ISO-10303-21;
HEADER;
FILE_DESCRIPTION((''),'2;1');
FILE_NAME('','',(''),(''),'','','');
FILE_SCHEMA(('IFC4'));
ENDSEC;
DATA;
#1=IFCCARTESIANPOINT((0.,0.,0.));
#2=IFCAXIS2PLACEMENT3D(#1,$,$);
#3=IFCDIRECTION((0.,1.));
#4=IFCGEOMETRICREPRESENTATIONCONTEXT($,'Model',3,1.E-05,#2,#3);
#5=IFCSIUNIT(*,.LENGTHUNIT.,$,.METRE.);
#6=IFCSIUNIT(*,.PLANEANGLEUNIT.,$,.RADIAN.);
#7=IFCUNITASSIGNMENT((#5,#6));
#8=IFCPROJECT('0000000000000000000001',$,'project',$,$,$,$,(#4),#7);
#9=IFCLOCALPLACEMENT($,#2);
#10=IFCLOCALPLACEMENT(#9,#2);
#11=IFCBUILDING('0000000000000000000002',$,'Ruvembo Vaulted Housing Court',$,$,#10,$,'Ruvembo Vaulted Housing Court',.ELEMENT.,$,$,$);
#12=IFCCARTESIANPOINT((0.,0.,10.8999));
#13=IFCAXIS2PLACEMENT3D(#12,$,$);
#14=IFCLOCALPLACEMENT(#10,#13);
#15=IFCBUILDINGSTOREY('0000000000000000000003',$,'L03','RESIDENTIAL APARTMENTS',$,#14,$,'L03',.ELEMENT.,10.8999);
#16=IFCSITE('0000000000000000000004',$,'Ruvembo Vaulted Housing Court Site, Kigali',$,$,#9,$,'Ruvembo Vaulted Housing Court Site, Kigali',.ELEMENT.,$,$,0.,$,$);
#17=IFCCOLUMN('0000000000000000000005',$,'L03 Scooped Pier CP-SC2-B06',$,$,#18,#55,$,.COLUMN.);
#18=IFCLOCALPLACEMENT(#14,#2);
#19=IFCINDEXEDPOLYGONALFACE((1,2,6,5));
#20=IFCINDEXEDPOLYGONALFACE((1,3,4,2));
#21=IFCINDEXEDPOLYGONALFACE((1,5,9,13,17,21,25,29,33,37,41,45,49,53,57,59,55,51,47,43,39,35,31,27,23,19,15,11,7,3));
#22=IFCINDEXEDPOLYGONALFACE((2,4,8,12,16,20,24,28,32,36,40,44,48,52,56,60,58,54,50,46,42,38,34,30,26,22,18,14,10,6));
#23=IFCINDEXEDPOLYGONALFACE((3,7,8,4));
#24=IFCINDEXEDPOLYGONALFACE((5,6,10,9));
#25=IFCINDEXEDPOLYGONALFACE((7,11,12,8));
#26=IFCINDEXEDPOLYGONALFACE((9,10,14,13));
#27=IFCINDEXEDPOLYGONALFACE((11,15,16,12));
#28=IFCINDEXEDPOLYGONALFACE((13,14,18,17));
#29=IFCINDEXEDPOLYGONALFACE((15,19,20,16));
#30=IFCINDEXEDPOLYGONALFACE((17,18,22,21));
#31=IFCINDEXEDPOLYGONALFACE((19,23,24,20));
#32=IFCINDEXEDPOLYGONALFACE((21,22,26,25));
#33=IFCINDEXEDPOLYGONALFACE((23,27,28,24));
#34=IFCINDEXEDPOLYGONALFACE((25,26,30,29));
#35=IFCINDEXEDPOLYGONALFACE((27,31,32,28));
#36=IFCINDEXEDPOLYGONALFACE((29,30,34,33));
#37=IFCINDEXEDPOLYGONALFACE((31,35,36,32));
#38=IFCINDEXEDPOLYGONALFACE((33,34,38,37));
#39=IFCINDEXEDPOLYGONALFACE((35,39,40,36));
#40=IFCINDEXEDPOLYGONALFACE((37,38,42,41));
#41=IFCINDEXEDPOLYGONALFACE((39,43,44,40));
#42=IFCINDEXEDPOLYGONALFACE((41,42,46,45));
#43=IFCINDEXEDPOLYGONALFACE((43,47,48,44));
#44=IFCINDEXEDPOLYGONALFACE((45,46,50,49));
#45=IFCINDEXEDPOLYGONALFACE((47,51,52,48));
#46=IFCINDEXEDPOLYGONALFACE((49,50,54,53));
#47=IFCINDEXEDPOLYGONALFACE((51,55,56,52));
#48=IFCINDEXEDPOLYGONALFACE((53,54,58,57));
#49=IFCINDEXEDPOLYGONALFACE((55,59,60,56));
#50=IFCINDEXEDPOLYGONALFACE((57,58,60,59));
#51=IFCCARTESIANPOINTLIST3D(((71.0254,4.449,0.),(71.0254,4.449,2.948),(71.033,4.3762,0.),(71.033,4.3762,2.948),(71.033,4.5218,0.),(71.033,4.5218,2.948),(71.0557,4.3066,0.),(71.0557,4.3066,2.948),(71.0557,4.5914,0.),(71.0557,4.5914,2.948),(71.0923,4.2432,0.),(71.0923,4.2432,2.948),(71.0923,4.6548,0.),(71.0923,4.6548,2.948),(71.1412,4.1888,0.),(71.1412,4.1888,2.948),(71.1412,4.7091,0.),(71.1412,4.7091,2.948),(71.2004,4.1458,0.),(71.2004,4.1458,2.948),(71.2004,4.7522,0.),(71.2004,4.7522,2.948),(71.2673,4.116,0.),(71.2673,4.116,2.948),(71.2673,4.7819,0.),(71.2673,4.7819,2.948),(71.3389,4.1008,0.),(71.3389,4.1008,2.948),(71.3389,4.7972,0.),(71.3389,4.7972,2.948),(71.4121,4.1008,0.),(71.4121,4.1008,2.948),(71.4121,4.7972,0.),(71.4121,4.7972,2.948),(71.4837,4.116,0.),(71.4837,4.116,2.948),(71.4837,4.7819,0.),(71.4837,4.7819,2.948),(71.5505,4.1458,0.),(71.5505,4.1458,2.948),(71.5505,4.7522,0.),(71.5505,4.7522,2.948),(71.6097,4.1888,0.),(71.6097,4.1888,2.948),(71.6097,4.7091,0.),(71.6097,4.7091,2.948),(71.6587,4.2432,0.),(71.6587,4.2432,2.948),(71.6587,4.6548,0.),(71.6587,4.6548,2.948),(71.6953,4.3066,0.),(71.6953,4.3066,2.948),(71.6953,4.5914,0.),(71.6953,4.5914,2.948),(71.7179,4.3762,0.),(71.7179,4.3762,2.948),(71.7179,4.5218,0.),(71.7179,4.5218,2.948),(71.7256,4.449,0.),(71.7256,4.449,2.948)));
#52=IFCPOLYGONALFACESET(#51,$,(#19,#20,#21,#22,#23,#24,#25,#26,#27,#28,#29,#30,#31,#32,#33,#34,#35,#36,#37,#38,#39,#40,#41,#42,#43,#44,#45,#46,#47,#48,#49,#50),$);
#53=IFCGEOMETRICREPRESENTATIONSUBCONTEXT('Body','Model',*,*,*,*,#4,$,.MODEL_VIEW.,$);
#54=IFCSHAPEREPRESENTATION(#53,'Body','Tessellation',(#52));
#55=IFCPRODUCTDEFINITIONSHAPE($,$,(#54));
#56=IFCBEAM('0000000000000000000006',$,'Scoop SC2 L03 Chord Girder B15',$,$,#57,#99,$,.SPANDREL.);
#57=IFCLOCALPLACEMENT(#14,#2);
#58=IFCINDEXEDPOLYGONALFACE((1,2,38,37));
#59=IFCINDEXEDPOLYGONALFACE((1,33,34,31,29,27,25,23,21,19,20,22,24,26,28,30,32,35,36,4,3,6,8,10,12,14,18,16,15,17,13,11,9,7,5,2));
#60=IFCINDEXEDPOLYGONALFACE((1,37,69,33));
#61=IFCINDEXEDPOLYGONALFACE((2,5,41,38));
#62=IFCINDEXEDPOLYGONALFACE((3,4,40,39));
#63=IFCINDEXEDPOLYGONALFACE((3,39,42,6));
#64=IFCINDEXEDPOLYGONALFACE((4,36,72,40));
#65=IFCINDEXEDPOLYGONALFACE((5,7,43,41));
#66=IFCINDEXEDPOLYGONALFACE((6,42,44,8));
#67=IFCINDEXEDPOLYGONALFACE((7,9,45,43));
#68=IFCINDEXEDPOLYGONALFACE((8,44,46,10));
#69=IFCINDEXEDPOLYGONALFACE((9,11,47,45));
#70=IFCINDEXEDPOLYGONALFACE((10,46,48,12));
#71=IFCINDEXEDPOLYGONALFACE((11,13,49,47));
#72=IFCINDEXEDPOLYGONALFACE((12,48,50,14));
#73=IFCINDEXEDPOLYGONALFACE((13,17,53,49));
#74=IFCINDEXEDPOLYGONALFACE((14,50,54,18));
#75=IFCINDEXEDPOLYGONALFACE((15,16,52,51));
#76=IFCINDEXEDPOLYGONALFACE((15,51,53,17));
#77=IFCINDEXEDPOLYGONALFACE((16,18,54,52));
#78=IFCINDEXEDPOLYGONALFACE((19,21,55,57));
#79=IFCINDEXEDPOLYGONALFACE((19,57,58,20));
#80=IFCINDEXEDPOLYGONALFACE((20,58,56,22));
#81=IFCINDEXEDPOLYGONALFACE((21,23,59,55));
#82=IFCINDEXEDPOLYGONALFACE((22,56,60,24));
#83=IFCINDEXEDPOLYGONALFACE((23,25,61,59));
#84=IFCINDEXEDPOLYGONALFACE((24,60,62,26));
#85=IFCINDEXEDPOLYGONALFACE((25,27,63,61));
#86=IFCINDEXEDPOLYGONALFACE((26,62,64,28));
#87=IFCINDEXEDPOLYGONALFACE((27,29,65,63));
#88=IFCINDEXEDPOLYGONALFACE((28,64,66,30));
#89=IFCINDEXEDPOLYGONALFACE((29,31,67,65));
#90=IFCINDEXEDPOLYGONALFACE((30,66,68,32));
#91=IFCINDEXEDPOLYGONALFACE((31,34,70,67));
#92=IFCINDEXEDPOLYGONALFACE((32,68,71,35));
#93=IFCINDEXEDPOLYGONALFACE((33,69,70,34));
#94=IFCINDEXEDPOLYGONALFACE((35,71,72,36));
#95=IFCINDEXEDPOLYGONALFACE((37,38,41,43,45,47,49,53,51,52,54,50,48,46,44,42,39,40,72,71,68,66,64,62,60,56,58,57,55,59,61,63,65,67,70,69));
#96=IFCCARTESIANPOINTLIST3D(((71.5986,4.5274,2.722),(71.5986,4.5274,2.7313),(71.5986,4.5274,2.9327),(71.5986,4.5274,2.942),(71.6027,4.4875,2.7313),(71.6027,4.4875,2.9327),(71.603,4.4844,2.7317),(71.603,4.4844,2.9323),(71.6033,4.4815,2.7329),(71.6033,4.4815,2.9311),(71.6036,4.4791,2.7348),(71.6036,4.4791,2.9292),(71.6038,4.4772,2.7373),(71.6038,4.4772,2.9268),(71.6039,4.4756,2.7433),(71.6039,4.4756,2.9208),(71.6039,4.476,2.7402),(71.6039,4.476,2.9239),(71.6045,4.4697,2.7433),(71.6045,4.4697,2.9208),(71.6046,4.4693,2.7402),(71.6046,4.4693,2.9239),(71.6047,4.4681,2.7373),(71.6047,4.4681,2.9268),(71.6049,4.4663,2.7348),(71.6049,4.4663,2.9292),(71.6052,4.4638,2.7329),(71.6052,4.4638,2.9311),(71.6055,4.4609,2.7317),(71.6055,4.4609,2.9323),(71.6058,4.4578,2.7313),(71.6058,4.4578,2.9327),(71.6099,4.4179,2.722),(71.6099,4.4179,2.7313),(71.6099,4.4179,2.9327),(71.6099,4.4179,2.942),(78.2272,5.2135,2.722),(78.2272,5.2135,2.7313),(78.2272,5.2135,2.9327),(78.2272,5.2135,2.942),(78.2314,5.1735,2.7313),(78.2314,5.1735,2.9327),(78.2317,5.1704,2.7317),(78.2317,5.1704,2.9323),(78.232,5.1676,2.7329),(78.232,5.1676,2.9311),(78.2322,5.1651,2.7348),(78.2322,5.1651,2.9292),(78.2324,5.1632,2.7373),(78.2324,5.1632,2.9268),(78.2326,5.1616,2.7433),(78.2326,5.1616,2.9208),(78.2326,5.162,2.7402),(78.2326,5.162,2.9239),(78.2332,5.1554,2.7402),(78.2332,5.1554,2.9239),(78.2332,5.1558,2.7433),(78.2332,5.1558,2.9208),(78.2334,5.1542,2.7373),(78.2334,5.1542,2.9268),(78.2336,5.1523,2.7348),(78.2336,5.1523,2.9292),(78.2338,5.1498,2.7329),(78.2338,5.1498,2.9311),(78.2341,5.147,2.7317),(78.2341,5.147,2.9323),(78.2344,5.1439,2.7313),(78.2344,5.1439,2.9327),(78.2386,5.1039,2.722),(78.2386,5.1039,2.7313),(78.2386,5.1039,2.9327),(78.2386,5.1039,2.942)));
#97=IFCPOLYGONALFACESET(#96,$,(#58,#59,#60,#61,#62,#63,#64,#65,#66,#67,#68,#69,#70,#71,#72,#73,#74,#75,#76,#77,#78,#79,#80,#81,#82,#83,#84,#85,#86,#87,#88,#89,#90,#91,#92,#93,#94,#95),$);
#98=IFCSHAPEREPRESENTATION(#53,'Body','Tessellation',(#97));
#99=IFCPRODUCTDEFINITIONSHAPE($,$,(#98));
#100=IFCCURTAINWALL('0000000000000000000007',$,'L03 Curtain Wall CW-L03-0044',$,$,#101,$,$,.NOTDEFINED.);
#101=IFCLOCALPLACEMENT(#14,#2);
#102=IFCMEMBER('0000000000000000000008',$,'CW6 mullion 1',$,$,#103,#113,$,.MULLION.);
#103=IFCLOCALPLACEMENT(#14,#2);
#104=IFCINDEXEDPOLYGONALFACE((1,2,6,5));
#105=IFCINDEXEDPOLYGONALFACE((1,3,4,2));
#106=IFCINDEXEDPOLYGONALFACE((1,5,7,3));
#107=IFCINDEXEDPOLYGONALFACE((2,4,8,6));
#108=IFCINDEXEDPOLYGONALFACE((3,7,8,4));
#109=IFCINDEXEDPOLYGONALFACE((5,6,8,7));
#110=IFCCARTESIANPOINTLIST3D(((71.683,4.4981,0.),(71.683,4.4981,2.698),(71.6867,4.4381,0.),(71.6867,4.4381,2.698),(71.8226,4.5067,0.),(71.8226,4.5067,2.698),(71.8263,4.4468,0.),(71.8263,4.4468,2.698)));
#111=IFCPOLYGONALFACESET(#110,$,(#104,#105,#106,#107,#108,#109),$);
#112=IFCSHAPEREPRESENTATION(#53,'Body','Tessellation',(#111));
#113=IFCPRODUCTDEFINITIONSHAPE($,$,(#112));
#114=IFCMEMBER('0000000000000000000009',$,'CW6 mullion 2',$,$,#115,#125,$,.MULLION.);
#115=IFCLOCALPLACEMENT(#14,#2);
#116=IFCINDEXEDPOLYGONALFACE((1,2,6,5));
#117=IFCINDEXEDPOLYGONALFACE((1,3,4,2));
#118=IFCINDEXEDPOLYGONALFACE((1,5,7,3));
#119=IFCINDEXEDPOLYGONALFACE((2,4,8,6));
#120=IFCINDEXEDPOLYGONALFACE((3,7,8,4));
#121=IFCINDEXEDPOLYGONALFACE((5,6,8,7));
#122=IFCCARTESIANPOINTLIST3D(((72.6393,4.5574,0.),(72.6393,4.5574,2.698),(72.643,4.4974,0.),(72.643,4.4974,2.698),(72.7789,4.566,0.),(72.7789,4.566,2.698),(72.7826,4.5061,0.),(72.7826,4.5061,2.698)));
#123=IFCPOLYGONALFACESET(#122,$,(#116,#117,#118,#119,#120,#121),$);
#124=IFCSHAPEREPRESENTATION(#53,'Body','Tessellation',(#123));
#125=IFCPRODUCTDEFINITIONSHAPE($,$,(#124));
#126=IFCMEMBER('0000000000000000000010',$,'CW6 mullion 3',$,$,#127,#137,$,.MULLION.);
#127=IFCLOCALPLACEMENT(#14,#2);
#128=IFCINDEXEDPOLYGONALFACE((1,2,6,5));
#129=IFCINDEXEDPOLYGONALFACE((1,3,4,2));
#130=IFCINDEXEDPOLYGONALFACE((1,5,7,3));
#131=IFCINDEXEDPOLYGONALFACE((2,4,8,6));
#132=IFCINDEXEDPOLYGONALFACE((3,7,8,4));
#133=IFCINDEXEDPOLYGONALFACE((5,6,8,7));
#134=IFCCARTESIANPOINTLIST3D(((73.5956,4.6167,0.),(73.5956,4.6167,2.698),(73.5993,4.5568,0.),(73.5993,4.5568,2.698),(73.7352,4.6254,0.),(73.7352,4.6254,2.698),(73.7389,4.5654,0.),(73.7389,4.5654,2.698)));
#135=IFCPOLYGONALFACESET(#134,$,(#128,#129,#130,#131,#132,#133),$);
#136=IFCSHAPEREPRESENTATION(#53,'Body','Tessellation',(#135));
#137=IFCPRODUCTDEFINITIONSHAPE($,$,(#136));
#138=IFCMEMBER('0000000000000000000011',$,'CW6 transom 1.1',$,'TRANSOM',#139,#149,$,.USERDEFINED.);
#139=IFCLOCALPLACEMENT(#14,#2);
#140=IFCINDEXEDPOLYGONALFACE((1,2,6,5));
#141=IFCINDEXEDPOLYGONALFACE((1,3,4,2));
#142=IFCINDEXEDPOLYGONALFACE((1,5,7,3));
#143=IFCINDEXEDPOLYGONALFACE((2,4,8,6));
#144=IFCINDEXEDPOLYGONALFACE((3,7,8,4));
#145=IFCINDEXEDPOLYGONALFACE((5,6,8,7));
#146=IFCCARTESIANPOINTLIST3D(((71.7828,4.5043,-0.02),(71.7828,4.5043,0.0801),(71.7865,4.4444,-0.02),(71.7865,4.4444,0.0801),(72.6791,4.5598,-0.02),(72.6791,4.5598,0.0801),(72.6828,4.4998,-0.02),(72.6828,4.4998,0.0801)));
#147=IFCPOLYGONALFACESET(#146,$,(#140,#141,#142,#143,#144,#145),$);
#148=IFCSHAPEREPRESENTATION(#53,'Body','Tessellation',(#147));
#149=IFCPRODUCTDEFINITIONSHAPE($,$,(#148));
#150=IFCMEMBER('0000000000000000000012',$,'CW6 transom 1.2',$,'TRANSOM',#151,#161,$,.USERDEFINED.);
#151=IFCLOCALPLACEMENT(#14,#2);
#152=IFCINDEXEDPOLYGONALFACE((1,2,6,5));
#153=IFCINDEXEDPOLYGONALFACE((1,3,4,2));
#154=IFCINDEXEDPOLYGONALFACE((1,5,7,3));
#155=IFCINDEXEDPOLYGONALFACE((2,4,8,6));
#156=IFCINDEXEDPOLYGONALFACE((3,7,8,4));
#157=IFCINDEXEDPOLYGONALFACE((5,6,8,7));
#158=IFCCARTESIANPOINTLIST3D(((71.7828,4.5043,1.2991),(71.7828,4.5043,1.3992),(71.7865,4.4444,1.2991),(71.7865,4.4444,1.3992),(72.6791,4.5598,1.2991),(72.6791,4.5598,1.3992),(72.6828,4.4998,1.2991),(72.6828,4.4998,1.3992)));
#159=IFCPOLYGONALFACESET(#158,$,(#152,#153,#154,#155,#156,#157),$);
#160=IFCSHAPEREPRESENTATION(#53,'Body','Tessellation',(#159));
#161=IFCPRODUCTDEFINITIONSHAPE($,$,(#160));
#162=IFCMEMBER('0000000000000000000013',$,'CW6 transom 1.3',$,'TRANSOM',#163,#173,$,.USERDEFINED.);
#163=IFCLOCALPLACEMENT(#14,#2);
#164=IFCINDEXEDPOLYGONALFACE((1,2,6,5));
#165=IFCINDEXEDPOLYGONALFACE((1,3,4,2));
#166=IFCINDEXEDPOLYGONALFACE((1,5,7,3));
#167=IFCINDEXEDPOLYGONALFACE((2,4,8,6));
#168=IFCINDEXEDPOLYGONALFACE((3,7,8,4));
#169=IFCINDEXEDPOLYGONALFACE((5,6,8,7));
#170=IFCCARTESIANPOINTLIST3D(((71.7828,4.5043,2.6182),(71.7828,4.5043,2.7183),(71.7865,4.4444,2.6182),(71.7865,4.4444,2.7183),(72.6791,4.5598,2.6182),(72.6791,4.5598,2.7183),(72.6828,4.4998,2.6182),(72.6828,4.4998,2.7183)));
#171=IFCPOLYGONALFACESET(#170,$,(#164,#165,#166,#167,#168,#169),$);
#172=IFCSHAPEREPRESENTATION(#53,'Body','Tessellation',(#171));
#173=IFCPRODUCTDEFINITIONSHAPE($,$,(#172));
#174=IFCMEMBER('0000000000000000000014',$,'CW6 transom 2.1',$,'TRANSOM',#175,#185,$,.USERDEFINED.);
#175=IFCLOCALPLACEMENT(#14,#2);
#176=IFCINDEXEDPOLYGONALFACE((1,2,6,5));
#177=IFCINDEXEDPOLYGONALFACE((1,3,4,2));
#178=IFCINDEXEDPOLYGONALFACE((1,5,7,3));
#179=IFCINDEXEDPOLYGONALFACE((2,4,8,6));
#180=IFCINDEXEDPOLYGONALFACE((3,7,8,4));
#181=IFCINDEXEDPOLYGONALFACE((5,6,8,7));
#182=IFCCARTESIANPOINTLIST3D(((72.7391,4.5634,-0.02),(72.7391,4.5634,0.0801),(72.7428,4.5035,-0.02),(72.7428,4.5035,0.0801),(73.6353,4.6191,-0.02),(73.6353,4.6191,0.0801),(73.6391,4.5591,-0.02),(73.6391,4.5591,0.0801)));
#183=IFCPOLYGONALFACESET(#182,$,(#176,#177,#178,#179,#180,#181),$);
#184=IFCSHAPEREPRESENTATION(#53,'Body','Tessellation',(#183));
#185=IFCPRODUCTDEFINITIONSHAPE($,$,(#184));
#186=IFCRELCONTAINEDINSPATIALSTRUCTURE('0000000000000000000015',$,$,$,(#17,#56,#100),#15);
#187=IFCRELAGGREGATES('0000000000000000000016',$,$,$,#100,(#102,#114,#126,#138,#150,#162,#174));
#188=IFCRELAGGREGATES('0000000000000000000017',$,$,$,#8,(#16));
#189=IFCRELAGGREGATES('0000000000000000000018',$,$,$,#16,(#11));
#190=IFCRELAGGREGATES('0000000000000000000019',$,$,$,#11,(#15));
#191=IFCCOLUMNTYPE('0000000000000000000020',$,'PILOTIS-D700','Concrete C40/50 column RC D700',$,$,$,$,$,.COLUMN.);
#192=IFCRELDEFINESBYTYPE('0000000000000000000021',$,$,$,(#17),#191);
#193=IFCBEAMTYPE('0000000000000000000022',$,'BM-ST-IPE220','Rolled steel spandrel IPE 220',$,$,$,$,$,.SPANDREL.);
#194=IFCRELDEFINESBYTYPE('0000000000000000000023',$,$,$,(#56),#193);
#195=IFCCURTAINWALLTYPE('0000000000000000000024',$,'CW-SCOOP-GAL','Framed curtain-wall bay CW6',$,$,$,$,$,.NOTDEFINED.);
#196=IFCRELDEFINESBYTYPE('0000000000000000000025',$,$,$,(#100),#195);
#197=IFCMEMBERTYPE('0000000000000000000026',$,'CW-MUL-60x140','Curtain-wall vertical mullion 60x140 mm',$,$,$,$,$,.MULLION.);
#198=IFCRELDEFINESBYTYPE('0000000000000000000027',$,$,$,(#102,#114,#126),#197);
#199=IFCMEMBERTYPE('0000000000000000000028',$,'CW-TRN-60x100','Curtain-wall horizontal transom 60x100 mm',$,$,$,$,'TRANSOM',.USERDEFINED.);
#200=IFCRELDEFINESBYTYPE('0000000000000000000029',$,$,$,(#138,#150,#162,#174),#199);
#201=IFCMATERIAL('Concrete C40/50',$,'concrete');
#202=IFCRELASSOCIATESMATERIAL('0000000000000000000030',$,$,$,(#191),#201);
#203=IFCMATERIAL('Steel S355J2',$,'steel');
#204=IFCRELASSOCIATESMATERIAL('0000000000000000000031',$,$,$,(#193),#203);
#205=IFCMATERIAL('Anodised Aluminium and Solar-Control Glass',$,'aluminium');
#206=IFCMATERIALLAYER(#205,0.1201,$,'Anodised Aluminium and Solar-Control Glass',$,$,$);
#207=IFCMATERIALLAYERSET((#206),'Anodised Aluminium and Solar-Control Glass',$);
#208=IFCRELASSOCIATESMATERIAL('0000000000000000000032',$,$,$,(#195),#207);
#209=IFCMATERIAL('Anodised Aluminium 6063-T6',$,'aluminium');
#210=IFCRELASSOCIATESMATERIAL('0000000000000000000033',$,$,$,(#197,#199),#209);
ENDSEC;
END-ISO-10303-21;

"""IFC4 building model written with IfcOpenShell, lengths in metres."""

from ifc_helpers import new_model, si_unit, direction, frame, origin, origin_2d, place, context, subcontext, project, spatial, rectangle, circle, i_section, extrude, material, layer, layer_set, material_profile, profile_set, type_object, element, aggregate, save


model = new_model("IFC4")

# Units and contexts
model_context = context("Model", 3, precision=1e-05, world=origin(), true_north=direction((0.0, 1.0)))
body_context = subcontext(model_context, "Body", "Model", "MODEL_VIEW")
ifc_project = project(units=[si_unit("LENGTHUNIT", "METRE"), si_unit("PLANEANGLEUNIT", "RADIAN")], contexts=[model_context])

# Site, building, storey
site_placement = place(None, origin())
site = spatial("IfcSite", under=ifc_project, at=site_placement, Name="Ruvembo Vaulted Housing Court Site, Kigali", LongName="Ruvembo Vaulted Housing Court Site, Kigali", CompositionType="ELEMENT", RefElevation=0.0)
building_placement = place(site_placement, origin())
building = spatial("IfcBuilding", under=site, at=building_placement, Name="Ruvembo Vaulted Housing Court", LongName="Ruvembo Vaulted Housing Court", CompositionType="ELEMENT")
storey_placement = place(building_placement, frame((0.0, 0.0, 10.8999)))
storey = spatial("IfcBuildingStorey", under=building, at=storey_placement, Name="L03", Description="RESIDENTIAL APARTMENTS", LongName="L03", CompositionType="ELEMENT", Elevation=10.8999)

# Column
ifc_material_1 = material(Name="Concrete C40/50", Category="concrete")
ifc_material_profile_1 = material_profile(ifc_material_1, circle(Radius=0.3501, at=origin_2d()), Name="RC D700")
ifc_profile_set_1 = profile_set([ifc_material_profile_1], Name="Concrete C40/50")
column_type = type_object("IfcColumnType", Name="PILOTIS-D700", Description="Concrete C40/50 column RC D700", PredefinedType="COLUMN", material=ifc_profile_set_1)
column_placement = place(storey_placement, frame((71.3755, 4.449, 0.0), z_axis=(0.0, 0.0, 1.0), x_axis=(1.0, 0.0, 0.0)))
element("IfcColumn", 1, at=column_placement, inside=storey, type_object=column_type, Name="L03 Scooped Pier CP-SC2-B06", PredefinedType="COLUMN", context=body_context, shape_type="SweptSolid", body=[
    extrude(circle(Radius=0.3501, at=origin_2d()), origin(), (0.0, 0.0, 1.0), 2.948),
])

# Beam
ifc_material_2 = material(Name="Steel S355J2", Category="steel")
ifc_material_profile_2 = material_profile(ifc_material_2, i_section(OverallWidth=0.1101, OverallDepth=0.22, WebThickness=0.0059, FlangeThickness=0.0093, FilletRadius=0.012, at=origin_2d()), Name="IPE 220")
ifc_profile_set_2 = profile_set([ifc_material_profile_2], Name="Steel S355J2")
beam_type = type_object("IfcBeamType", Name="BM-ST-IPE220", Description="Rolled steel spandrel IPE 220", PredefinedType="SPANDREL", material=ifc_profile_set_2)
beam_placement = place(storey_placement, frame((71.6042, 4.4727, 2.832), z_axis=(0.994687, 0.102945, 0.0), x_axis=(-0.102945, 0.994687, 0.0)))
element("IfcBeam", 2, at=beam_placement, inside=storey, type_object=beam_type, Name="Scoop SC2 L03 Chord Girder B15", PredefinedType="SPANDREL", context=body_context, shape_type="SweptSolid", body=[
    extrude(i_section(OverallWidth=0.1101, OverallDepth=0.22, WebThickness=0.0059, FlangeThickness=0.0093, FilletRadius=0.012, at=origin_2d()), origin(), (0.0, 0.0, 1.0), 6.6641),
])

# Curtain wall, members
ifc_material_3 = material(Name="Anodised Aluminium and Solar-Control Glass", Category="aluminium")
ifc_layer_1 = layer(ifc_material_3, 0.1201, Name="Anodised Aluminium and Solar-Control Glass")
ifc_layer_set_1 = layer_set([ifc_layer_1], Name="Anodised Aluminium and Solar-Control Glass")
curtain_wall_type = type_object("IfcCurtainWallType", Name="CW-SCOOP-GAL", Description="Framed curtain-wall bay CW6", PredefinedType="NOTDEFINED", material=ifc_layer_set_1)
curtain_wall_placement = place(storey_placement, origin())
curtain_wall = element("IfcCurtainWall", 3, at=curtain_wall_placement, inside=storey, type_object=curtain_wall_type, Name="L03 Curtain Wall CW-L03-0044", PredefinedType="NOTDEFINED")
ifc_material_4 = material(Name="Anodised Aluminium 6063-T6", Category="aluminium")
ifc_material_profile_3 = material_profile(ifc_material_4, rectangle(XDim=0.0601, YDim=0.1399, at=origin_2d()), Name="ALU 60x140")
ifc_profile_set_3 = profile_set([ifc_material_profile_3], Name="Anodised Aluminium 6063-T6")
member_type_1 = type_object("IfcMemberType", Name="CW-MUL-60x140", Description="Curtain-wall vertical mullion 60x140 mm", PredefinedType="MULLION", material=ifc_profile_set_3)
member_1_placement = place(storey_placement, frame((71.7546, 4.4724, 0.0), z_axis=(0.0, 0.0, 1.0), x_axis=(-0.06184, 0.998086, 0.0)))
member_1 = element("IfcMember", 4, at=member_1_placement, type_object=member_type_1, Name="CW6 mullion 1", PredefinedType="MULLION", context=body_context, shape_type="SweptSolid", body=[
    extrude(rectangle(XDim=0.0601, YDim=0.1399, at=origin_2d()), origin(), (0.0, 0.0, 1.0), 2.698),
])
member_2_placement = place(storey_placement, frame((72.7109, 4.5317, 0.0), z_axis=(0.0, 0.0, 1.0), x_axis=(-0.06184, 0.998086, 0.0)))
member_2 = element("IfcMember", 5, at=member_2_placement, type_object=member_type_1, Name="CW6 mullion 2", PredefinedType="MULLION", context=body_context, shape_type="SweptSolid", body=[
    extrude(rectangle(XDim=0.0601, YDim=0.1399, at=origin_2d()), origin(), (0.0, 0.0, 1.0), 2.698),
])
member_3_placement = place(storey_placement, frame((73.6672, 4.5911, 0.0), z_axis=(0.0, 0.0, 1.0), x_axis=(-0.06184, 0.998086, 0.0)))
member_3 = element("IfcMember", 6, at=member_3_placement, type_object=member_type_1, Name="CW6 mullion 3", PredefinedType="MULLION", context=body_context, shape_type="SweptSolid", body=[
    extrude(rectangle(XDim=0.0601, YDim=0.1399, at=origin_2d()), origin(), (0.0, 0.0, 1.0), 2.698),
])
ifc_material_profile_4 = material_profile(ifc_material_4, rectangle(XDim=0.0601, YDim=0.1001, at=origin_2d()), Name="ALU 60x100")
ifc_profile_set_4 = profile_set([ifc_material_profile_4], Name="Anodised Aluminium 6063-T6")
member_type_2 = type_object("IfcMemberType", Name="CW-TRN-60x100", Description="Curtain-wall horizontal transom 60x100 mm", ElementType="TRANSOM", PredefinedType="USERDEFINED", material=ifc_profile_set_4)
member_4_placement = place(storey_placement, frame((71.7847, 4.4744, 0.03), z_axis=(0.998094, 0.061718, 0.0), x_axis=(-0.061718, 0.998094, 0.0)))
member_4 = element("IfcMember", 7, at=member_4_placement, type_object=member_type_2, Name="CW6 transom 1.1", ObjectType="TRANSOM", PredefinedType="USERDEFINED", context=body_context, shape_type="SweptSolid", body=[
    extrude(rectangle(XDim=0.0601, YDim=0.1001, at=origin_2d()), origin(), (0.0, 0.0, 1.0), 0.8979),
])
member_5_placement = place(storey_placement, frame((71.7847, 4.4744, 1.3491), z_axis=(0.998094, 0.061718, 0.0), x_axis=(-0.061718, 0.998094, 0.0)))
member_5 = element("IfcMember", 8, at=member_5_placement, type_object=member_type_2, Name="CW6 transom 1.2", ObjectType="TRANSOM", PredefinedType="USERDEFINED", context=body_context, shape_type="SweptSolid", body=[
    extrude(rectangle(XDim=0.0601, YDim=0.1001, at=origin_2d()), origin(), (0.0, 0.0, 1.0), 0.8979),
])
member_6_placement = place(storey_placement, frame((71.7847, 4.4744, 2.6682), z_axis=(0.998094, 0.061718, 0.0), x_axis=(-0.061718, 0.998094, 0.0)))
member_6 = element("IfcMember", 9, at=member_6_placement, type_object=member_type_2, Name="CW6 transom 1.3", ObjectType="TRANSOM", PredefinedType="USERDEFINED", context=body_context, shape_type="SweptSolid", body=[
    extrude(rectangle(XDim=0.0601, YDim=0.1001, at=origin_2d()), origin(), (0.0, 0.0, 1.0), 0.8979),
])
member_7_placement = place(storey_placement, frame((72.741, 4.5334, 0.03), z_axis=(0.998077, 0.061989, 0.0), x_axis=(-0.061989, 0.998077, 0.0)))
member_7 = element("IfcMember", 10, at=member_7_placement, type_object=member_type_2, Name="CW6 transom 2.1", ObjectType="TRANSOM", PredefinedType="USERDEFINED", context=body_context, shape_type="SweptSolid", body=[
    extrude(rectangle(XDim=0.0601, YDim=0.1001, at=origin_2d()), origin(), (0.0, 0.0, 1.0), 0.8979),
])
aggregate(curtain_wall, [member_1, member_2, member_3, member_4, member_5, member_6, member_7])

save(model, "model.ifc")
